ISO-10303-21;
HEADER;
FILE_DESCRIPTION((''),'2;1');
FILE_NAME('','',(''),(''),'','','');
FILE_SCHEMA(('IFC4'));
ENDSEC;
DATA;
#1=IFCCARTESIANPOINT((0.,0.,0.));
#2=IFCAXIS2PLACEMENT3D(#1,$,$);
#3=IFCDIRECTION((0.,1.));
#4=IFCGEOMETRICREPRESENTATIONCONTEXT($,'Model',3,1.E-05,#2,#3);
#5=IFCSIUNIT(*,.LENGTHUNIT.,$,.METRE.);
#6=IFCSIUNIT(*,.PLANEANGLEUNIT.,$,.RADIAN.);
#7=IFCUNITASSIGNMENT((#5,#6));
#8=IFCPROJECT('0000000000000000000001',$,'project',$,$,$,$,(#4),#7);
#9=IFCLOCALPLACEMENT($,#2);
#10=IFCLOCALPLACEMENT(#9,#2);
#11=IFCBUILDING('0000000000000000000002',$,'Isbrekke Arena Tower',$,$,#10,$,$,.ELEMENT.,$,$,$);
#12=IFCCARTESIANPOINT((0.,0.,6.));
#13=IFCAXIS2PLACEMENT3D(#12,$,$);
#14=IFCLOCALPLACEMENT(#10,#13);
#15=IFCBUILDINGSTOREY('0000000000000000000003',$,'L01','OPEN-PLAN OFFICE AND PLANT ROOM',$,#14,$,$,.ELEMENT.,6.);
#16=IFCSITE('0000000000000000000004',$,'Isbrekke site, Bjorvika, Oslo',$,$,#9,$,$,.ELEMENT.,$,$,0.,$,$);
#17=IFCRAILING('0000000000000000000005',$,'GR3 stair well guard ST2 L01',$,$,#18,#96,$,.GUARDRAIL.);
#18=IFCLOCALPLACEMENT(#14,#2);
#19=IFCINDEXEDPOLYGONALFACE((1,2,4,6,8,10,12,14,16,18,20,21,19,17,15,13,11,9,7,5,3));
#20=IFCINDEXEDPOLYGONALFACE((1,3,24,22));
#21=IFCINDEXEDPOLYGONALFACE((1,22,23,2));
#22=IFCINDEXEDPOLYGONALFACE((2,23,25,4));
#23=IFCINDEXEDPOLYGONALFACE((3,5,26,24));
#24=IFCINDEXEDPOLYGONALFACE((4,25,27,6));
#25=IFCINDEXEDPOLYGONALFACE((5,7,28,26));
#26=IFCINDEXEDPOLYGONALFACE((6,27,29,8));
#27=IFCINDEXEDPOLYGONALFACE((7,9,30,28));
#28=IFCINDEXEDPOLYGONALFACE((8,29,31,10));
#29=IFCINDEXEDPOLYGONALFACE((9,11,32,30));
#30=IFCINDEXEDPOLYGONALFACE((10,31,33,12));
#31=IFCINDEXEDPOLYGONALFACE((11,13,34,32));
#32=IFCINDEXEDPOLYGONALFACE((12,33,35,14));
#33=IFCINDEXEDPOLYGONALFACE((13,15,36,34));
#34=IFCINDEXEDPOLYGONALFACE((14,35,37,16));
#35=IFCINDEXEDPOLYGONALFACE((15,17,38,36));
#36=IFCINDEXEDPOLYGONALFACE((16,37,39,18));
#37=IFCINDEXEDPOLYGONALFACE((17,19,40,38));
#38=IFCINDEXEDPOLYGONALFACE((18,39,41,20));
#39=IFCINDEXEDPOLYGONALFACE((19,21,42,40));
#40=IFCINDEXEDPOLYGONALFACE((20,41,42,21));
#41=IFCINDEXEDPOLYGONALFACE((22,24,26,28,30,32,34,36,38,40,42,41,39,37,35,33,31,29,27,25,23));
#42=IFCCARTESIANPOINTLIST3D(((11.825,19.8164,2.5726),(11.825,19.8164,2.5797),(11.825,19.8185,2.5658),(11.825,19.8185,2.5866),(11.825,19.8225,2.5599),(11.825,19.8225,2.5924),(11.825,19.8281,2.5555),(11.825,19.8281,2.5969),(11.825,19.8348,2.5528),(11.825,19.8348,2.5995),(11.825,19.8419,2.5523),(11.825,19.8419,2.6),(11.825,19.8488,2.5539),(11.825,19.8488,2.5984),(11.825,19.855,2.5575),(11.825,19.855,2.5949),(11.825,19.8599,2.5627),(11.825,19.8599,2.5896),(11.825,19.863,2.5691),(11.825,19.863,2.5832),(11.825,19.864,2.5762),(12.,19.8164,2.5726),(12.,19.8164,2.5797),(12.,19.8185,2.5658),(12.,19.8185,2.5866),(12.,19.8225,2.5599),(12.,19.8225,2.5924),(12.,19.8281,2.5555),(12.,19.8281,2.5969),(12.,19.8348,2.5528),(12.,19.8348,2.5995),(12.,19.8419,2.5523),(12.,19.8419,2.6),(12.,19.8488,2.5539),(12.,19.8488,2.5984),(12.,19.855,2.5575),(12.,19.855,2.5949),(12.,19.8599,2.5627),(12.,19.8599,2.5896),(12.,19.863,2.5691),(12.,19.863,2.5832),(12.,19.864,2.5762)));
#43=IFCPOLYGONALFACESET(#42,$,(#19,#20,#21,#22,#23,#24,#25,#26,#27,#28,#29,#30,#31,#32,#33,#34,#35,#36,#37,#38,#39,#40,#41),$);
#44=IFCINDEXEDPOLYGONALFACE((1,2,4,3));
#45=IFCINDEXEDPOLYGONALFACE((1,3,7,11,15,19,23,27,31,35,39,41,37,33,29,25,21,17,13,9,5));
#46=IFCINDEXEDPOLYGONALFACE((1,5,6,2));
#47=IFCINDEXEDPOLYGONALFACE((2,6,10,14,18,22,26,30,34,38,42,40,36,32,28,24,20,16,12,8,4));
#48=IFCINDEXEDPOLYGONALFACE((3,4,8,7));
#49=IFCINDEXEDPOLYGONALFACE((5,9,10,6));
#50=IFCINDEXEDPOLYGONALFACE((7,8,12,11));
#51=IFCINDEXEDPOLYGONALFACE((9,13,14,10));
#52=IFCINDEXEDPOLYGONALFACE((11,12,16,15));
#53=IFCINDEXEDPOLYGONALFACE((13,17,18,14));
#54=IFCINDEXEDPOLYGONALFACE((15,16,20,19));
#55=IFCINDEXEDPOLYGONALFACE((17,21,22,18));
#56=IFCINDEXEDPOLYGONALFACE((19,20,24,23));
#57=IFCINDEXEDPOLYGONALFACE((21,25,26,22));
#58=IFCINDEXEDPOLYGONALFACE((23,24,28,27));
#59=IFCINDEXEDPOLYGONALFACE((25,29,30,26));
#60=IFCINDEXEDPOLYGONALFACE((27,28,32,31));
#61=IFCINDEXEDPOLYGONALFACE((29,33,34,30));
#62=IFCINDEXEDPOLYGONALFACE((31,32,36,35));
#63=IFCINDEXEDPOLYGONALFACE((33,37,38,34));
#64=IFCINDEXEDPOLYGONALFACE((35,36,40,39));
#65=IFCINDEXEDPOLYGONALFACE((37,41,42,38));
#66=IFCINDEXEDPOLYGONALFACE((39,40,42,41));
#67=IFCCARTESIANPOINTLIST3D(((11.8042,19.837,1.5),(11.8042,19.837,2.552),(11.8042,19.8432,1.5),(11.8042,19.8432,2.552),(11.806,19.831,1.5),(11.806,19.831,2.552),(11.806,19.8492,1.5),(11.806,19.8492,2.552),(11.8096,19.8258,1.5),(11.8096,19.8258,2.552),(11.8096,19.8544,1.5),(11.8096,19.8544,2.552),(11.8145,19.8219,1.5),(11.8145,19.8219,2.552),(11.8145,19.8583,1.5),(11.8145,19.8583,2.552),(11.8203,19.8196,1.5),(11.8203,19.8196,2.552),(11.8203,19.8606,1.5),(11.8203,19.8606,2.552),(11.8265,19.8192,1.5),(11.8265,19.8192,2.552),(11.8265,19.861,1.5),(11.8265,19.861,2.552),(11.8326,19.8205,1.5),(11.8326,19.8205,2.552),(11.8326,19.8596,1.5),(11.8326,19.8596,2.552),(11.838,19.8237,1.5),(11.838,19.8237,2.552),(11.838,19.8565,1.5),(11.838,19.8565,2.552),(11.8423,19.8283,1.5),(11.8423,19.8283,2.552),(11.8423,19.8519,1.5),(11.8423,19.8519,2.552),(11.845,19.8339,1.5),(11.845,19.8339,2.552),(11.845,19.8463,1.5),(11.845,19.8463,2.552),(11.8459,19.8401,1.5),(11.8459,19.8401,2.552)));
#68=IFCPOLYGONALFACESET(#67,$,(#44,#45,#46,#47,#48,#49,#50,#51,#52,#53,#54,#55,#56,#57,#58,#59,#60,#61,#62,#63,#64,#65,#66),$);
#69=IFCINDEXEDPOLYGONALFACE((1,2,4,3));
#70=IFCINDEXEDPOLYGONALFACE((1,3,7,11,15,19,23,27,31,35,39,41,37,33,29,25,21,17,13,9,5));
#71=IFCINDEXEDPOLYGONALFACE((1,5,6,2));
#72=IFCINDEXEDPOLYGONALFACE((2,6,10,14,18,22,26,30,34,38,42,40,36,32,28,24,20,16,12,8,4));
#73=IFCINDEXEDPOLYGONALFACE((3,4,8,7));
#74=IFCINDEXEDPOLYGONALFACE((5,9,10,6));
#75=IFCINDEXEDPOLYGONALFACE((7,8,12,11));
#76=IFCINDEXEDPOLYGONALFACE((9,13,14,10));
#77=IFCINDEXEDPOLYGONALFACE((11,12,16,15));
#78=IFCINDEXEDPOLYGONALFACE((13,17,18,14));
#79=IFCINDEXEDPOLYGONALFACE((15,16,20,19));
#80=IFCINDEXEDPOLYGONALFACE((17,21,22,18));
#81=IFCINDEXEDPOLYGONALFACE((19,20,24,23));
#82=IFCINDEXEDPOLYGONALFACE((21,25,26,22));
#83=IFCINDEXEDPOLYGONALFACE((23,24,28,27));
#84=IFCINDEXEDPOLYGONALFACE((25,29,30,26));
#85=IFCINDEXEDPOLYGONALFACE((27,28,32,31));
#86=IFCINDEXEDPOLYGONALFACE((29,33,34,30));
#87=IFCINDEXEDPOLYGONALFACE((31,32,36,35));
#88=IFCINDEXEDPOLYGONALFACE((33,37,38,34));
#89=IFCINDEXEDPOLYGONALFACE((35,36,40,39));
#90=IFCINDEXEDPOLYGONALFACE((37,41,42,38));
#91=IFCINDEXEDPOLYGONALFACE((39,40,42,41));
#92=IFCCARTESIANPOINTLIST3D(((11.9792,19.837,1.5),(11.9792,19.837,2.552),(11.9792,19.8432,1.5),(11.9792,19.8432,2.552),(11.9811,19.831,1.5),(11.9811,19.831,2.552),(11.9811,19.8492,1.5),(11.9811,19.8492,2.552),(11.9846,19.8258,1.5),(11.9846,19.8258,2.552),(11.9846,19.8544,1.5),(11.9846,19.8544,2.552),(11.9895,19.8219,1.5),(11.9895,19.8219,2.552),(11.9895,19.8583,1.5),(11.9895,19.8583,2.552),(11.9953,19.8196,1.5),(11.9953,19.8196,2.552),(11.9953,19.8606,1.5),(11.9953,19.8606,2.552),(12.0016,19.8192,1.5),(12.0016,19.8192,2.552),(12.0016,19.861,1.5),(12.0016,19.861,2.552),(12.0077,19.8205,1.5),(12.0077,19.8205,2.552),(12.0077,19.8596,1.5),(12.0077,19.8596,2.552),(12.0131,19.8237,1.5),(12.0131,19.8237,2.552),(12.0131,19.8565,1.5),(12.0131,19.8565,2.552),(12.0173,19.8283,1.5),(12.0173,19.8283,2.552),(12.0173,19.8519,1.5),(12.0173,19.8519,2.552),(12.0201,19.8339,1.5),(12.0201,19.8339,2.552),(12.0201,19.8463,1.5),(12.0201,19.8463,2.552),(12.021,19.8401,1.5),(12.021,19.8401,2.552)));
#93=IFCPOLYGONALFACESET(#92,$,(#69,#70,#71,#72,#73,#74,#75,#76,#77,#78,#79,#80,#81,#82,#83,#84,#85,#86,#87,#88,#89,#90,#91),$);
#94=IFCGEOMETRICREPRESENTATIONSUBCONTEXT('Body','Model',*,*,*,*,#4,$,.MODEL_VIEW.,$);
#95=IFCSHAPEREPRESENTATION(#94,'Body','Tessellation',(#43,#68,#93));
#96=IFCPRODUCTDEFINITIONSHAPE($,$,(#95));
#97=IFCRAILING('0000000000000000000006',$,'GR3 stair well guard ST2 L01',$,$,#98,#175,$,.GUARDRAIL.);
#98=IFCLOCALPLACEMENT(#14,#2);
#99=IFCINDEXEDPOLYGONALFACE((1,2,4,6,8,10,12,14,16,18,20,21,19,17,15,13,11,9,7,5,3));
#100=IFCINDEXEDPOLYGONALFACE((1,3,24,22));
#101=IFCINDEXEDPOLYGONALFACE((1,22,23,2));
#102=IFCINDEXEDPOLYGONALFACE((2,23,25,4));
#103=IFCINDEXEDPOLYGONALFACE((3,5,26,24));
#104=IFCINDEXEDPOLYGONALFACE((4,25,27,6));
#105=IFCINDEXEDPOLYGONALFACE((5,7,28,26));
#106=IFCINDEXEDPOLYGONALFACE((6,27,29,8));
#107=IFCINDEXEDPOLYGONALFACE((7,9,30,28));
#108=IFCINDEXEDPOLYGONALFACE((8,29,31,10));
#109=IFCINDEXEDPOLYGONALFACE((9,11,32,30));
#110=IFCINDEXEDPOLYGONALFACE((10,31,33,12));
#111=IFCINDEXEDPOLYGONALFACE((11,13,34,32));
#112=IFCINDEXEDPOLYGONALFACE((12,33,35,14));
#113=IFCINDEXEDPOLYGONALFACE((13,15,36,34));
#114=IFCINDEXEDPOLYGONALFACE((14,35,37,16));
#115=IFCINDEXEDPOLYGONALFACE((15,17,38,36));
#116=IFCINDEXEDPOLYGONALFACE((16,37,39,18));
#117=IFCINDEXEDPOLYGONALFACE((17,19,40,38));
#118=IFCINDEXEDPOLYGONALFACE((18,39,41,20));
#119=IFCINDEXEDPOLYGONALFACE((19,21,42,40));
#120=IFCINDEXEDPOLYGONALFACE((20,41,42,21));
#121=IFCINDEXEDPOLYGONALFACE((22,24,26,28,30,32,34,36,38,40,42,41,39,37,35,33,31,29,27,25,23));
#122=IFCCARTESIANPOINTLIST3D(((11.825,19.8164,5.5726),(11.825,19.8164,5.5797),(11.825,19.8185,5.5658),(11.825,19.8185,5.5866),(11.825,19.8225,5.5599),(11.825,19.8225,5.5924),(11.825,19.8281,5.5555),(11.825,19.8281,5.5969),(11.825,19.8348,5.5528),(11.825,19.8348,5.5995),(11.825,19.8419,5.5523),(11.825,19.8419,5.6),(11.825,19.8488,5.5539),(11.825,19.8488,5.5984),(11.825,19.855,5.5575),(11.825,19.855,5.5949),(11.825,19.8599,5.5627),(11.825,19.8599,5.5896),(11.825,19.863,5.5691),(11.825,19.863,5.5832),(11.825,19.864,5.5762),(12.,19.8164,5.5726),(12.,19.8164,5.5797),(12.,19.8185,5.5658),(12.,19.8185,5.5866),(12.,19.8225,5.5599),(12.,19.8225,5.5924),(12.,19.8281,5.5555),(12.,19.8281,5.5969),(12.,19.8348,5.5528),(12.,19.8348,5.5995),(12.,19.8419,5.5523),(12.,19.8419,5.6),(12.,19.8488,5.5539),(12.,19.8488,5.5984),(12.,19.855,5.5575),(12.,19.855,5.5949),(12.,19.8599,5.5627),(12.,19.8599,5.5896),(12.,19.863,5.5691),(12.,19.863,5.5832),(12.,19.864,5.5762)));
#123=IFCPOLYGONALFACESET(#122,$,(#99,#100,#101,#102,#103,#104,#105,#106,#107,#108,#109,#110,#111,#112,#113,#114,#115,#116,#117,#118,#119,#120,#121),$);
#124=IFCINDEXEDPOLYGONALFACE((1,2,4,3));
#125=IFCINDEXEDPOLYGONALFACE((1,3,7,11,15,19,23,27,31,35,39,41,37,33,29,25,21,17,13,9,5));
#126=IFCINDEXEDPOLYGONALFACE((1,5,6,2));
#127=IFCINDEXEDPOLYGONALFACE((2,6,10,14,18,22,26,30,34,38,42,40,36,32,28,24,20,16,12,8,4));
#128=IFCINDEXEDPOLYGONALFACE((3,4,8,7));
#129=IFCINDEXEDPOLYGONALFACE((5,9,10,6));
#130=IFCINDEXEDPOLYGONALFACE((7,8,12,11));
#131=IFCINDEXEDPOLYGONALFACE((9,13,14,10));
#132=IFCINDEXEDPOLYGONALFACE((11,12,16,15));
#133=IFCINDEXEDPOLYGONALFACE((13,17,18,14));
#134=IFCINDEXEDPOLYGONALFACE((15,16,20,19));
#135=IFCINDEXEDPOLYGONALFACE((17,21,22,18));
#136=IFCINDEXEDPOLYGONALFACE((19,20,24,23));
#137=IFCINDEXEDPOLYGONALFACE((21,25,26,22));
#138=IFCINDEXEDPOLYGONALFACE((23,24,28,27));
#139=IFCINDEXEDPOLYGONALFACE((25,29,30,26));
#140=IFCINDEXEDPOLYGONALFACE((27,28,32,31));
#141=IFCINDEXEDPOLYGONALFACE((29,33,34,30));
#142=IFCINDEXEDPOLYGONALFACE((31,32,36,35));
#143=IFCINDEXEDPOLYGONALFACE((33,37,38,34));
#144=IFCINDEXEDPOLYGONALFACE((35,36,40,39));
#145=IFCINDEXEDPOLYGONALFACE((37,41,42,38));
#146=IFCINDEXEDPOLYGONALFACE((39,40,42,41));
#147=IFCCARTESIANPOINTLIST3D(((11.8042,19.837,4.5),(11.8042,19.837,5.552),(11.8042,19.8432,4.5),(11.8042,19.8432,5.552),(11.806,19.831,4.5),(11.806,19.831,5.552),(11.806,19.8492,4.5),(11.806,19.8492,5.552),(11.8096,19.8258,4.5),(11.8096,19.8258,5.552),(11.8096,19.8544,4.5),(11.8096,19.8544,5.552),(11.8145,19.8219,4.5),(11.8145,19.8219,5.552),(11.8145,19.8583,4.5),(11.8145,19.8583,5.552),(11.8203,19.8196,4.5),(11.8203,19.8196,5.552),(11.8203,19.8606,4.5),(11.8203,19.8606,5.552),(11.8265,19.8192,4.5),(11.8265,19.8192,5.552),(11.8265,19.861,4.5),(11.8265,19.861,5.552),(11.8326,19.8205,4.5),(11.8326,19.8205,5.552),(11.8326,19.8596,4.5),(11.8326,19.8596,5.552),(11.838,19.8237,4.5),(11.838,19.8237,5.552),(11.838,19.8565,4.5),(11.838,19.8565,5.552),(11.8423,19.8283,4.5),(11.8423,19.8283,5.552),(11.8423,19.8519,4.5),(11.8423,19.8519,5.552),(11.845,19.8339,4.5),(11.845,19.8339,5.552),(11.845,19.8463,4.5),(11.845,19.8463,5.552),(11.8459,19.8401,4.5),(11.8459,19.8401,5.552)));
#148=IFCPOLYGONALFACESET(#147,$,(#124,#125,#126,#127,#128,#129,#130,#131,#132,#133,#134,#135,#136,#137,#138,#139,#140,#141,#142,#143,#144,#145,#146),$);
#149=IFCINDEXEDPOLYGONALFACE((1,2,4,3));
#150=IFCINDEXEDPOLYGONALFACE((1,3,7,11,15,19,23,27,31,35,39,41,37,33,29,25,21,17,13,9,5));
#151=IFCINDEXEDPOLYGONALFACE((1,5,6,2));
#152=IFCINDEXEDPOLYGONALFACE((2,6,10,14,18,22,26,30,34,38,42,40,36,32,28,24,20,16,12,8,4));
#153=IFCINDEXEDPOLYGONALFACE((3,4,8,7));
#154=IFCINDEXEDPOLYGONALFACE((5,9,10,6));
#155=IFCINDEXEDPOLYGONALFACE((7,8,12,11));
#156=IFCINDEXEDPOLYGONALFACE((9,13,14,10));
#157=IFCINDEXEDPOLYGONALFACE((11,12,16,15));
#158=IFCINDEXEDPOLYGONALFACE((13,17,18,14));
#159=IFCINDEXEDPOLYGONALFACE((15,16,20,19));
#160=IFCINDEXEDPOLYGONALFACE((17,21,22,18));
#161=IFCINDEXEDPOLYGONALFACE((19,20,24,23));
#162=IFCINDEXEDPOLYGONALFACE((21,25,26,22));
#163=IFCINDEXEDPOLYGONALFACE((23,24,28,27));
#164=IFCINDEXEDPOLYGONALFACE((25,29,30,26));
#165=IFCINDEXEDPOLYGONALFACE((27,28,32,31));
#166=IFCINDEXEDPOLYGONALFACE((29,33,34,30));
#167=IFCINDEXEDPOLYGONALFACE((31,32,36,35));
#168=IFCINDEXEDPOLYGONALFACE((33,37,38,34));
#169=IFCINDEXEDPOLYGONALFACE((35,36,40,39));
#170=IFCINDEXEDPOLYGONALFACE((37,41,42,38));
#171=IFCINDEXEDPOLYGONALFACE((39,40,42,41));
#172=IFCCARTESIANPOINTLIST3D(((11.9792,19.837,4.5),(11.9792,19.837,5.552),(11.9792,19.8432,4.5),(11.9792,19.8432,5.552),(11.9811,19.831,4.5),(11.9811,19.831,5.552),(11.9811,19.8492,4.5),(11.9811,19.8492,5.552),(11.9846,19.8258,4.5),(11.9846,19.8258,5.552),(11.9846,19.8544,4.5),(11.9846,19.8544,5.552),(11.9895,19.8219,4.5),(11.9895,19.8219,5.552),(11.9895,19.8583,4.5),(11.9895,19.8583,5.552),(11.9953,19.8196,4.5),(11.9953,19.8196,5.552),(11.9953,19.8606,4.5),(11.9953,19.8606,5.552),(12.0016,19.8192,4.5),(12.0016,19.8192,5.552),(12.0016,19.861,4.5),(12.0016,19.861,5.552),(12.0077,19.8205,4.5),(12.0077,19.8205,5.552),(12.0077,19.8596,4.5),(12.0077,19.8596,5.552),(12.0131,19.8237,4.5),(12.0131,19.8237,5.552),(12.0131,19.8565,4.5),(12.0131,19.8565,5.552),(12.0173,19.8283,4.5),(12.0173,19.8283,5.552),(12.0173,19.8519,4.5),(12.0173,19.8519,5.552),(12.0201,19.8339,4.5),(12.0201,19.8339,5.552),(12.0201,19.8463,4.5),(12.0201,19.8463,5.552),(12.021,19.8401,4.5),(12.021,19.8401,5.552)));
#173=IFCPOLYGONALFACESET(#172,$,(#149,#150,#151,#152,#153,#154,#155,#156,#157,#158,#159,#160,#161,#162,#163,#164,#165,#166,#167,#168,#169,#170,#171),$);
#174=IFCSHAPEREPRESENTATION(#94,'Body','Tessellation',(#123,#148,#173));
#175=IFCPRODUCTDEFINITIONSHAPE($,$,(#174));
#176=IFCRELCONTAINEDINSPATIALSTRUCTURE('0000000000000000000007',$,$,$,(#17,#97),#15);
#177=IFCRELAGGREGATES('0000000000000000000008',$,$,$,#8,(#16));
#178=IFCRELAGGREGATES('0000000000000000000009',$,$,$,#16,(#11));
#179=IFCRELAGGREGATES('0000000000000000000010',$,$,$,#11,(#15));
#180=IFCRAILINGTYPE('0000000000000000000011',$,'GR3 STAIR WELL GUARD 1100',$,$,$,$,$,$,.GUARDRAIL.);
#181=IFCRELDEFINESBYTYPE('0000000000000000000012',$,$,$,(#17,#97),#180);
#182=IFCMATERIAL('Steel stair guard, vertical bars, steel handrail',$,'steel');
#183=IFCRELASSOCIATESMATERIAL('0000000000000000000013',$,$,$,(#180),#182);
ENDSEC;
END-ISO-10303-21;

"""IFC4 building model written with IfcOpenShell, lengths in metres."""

from ifc_helpers import new_model, si_unit, direction, frame, origin, origin_2d, place, context, subcontext, project, spatial, circle, extrude, material, type_object, element, save


model = new_model("IFC4")

# Units and contexts
model_context = context("Model", 3, precision=1e-05, world=origin(), true_north=direction((0.0, 1.0)))
body_context = subcontext(model_context, "Body", "Model", "MODEL_VIEW")
ifc_project = project(units=[si_unit("LENGTHUNIT", "METRE"), si_unit("PLANEANGLEUNIT", "RADIAN")], contexts=[model_context])

# Site, building, storey
site_placement = place(None, origin())
site = spatial("IfcSite", under=ifc_project, at=site_placement, Name="Isbrekke site, Bjorvika, Oslo", CompositionType="ELEMENT", RefElevation=0.0)
building_placement = place(site_placement, origin())
building = spatial("IfcBuilding", under=site, at=building_placement, Name="Isbrekke Arena Tower", CompositionType="ELEMENT")
storey_placement = place(building_placement, frame((0.0, 0.0, 6.0)))
storey = spatial("IfcBuildingStorey", under=building, at=storey_placement, Name="L01", Description="OPEN-PLAN OFFICE AND PLANT ROOM", CompositionType="ELEMENT", Elevation=6.0)

# Railings
ifc_material_1 = material(Name="Steel stair guard, vertical bars, steel handrail", Category="steel")
railing_type = type_object("IfcRailingType", Name="GR3 STAIR WELL GUARD 1100", PredefinedType="GUARDRAIL", material=ifc_material_1)
for number, where, name in (
    (1, (11.825, 19.8401, 1.5), "GR3 stair well guard ST2 L01"),
    (2, (11.825, 19.8401, 4.5), "GR3 stair well guard ST2 L01"),
):
    element("IfcRailing", number, at=place(storey_placement, frame(where)), inside=storey, type_object=railing_type, Name=name, PredefinedType="GUARDRAIL", context=body_context, shape_type="SweptSolid", body=[
        extrude(circle(Radius=0.0239, at=origin_2d()), frame((0.0, 0.0, 1.0762), z_axis=(1.0, 0.0, 0.0), x_axis=(0.0, 1.0, 0.0)), (0.0, 0.0, 1.0), 0.175),
        extrude(circle(Radius=0.021, at=origin_2d()), origin(), (0.0, 0.0, 1.0), 1.052),
        extrude(circle(Radius=0.021, at=origin_2d()), frame((0.175, 0.0, 0.0)), (0.0, 0.0, 1.0), 1.052),
    ])

save(model, "model.ifc")
